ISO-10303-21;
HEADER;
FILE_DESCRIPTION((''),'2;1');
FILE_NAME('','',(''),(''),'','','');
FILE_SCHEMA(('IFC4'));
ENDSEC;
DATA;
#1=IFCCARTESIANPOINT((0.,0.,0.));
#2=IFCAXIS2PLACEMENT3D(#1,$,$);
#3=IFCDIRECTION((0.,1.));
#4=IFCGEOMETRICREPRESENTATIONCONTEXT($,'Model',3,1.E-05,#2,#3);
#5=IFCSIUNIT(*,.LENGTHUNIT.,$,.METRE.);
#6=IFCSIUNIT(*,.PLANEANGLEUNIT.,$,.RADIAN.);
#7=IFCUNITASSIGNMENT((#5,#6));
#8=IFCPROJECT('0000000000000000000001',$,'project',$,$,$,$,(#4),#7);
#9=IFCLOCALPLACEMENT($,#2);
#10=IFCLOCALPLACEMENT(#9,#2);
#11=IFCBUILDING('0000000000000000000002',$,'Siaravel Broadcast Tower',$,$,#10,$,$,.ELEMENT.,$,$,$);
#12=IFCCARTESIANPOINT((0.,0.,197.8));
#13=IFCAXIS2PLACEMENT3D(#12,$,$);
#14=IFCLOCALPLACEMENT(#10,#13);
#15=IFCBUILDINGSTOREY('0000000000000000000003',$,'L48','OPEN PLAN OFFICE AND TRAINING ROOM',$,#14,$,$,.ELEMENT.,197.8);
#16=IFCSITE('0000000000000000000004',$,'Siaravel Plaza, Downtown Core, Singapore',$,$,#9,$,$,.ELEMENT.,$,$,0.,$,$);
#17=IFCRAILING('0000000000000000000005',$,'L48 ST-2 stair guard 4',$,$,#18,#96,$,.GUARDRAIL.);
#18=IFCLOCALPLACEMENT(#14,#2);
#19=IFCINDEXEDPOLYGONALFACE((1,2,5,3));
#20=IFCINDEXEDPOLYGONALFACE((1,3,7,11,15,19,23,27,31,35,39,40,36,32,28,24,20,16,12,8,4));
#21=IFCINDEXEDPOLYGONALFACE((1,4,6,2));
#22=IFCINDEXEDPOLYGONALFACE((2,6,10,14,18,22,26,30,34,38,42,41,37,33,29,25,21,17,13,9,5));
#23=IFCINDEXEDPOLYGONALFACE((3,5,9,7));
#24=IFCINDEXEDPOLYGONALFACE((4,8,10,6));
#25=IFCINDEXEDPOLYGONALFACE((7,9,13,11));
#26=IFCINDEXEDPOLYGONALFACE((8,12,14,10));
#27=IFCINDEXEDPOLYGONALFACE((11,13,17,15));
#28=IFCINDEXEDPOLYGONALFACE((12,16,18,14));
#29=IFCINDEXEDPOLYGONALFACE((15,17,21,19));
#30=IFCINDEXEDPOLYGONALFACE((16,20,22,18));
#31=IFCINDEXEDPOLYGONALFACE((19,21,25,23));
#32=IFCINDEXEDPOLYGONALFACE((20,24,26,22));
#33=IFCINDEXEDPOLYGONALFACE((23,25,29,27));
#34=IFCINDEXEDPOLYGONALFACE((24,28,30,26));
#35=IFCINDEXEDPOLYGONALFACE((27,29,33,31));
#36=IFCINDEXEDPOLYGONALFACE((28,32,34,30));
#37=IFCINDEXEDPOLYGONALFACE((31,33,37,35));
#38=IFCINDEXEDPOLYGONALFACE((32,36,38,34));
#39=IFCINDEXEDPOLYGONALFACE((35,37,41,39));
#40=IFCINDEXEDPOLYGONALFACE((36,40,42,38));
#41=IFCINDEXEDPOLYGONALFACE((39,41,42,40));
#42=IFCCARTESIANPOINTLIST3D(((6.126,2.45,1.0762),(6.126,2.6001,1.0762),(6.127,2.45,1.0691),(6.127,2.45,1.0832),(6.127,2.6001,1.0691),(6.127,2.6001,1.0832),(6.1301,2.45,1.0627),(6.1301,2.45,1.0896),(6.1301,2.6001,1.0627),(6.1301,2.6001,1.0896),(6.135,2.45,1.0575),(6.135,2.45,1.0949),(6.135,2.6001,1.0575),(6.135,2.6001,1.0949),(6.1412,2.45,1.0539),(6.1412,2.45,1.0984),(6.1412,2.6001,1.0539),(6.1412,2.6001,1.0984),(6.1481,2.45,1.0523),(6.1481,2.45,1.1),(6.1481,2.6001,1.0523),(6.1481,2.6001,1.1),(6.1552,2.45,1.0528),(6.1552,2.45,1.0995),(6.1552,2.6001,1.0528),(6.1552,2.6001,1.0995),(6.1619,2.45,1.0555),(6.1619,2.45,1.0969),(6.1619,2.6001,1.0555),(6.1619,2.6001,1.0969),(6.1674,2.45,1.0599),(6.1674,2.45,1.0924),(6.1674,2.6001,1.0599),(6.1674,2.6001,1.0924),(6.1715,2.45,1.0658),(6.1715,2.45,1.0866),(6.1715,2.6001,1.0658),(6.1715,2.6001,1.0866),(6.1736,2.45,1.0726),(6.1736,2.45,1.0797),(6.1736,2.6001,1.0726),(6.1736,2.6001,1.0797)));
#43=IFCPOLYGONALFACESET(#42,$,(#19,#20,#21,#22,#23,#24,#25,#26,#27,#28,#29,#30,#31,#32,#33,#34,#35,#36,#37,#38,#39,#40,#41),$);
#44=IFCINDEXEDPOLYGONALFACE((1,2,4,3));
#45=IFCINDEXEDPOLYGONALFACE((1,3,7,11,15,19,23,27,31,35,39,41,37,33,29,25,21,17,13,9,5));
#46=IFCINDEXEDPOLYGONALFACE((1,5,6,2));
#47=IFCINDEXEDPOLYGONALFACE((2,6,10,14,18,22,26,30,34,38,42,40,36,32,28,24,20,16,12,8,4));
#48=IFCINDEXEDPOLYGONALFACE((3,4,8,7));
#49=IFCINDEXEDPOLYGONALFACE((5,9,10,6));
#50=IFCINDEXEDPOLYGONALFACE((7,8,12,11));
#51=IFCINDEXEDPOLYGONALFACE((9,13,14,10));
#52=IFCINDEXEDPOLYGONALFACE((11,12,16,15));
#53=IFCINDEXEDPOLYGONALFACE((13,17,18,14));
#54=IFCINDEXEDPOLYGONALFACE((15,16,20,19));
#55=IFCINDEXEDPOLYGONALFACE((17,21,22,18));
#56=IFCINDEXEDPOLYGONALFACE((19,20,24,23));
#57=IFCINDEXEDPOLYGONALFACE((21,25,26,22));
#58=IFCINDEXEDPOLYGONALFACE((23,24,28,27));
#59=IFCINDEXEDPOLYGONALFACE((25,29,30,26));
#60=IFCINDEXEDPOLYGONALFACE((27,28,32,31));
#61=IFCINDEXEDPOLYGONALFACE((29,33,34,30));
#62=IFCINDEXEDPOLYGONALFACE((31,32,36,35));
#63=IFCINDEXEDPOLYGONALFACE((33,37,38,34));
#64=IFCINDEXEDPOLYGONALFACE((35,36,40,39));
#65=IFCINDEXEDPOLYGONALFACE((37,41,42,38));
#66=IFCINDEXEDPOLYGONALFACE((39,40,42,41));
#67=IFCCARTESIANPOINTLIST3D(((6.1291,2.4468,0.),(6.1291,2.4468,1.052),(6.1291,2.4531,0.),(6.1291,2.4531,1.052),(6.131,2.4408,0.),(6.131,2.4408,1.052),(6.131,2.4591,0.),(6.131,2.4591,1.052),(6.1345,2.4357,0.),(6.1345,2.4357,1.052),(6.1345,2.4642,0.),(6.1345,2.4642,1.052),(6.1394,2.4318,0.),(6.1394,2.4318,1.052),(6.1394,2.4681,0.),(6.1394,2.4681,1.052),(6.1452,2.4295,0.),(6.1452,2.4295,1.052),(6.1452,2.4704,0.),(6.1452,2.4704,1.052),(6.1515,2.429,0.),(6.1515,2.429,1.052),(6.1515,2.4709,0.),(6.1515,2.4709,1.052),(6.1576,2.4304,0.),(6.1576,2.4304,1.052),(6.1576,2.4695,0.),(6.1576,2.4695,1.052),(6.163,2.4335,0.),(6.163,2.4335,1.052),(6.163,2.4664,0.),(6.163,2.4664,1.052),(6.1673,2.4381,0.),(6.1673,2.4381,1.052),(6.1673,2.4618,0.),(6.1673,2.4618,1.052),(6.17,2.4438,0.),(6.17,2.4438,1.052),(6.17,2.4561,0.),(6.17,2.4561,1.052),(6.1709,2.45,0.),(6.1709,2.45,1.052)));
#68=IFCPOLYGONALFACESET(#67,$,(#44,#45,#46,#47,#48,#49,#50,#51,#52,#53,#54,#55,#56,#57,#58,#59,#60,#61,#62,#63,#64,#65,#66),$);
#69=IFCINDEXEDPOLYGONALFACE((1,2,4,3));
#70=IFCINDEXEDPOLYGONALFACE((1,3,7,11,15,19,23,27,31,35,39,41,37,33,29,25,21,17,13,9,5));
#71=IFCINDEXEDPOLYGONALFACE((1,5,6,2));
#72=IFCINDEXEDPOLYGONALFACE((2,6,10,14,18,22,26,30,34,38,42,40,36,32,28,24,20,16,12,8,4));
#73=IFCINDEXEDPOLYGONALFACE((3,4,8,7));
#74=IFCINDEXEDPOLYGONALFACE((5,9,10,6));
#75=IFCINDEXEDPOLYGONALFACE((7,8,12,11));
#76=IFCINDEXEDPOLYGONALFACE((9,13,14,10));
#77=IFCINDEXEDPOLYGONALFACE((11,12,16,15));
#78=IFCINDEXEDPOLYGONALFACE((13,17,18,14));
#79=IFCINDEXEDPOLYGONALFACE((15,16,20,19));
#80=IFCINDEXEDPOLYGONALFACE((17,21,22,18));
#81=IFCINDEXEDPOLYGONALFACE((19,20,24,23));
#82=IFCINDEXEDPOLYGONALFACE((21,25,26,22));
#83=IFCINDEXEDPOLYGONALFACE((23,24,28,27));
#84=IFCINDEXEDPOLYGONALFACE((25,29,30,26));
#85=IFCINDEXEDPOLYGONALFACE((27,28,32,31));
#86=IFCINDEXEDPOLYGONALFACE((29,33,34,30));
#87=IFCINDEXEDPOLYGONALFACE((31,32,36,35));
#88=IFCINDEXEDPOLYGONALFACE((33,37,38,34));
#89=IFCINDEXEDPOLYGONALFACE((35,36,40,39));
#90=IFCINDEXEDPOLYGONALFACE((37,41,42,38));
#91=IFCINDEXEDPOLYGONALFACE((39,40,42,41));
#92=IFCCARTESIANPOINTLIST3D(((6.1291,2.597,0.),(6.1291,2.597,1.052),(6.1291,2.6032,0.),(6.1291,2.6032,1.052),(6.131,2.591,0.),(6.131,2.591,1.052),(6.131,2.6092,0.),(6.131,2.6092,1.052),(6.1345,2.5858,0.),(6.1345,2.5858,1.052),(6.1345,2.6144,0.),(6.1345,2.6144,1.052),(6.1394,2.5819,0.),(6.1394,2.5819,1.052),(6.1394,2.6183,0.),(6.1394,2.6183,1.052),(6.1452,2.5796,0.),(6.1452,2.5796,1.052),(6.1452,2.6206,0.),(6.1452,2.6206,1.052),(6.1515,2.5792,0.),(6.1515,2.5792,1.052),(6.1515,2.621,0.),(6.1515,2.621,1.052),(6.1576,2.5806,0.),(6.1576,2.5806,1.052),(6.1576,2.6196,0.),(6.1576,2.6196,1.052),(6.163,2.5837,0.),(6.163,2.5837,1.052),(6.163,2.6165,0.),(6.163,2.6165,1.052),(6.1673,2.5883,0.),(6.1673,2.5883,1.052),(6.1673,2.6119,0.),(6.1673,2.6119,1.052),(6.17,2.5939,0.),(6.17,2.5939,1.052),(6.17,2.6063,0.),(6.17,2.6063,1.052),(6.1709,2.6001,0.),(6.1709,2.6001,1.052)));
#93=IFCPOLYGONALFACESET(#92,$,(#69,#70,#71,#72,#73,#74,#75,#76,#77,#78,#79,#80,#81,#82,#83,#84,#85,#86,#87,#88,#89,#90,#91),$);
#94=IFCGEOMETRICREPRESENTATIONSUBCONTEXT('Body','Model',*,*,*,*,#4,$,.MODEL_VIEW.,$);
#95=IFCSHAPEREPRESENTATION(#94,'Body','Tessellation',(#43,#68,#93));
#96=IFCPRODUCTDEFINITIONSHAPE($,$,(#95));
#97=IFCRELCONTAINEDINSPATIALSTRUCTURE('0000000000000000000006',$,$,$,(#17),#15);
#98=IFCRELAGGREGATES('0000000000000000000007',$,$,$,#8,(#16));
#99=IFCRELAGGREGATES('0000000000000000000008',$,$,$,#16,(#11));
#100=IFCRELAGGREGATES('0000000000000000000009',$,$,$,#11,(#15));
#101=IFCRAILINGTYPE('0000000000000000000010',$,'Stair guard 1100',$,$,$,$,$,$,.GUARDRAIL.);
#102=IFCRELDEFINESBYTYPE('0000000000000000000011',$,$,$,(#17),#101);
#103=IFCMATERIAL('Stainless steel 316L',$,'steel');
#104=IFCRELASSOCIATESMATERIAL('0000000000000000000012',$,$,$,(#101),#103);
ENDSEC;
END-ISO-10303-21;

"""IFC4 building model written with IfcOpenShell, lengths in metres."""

from ifc_helpers import new_model, si_unit, direction, frame, origin, origin_2d, place, context, subcontext, project, spatial, circle, extrude, material, type_object, element, save


model = new_model("IFC4")

# Units and contexts
model_context = context("Model", 3, precision=1e-05, world=origin(), true_north=direction((0.0, 1.0)))
body_context = subcontext(model_context, "Body", "Model", "MODEL_VIEW")
ifc_project = project(units=[si_unit("LENGTHUNIT", "METRE"), si_unit("PLANEANGLEUNIT", "RADIAN")], contexts=[model_context])

# Site, building, storey
site_placement = place(None, origin())
site = spatial("IfcSite", under=ifc_project, at=site_placement, Name="Siaravel Plaza, Downtown Core, Singapore", CompositionType="ELEMENT", RefElevation=0.0)
building_placement = place(site_placement, origin())
building = spatial("IfcBuilding", under=site, at=building_placement, Name="Siaravel Broadcast Tower", CompositionType="ELEMENT")
storey_placement = place(building_placement, frame((0.0, 0.0, 197.8)))
storey = spatial("IfcBuildingStorey", under=building, at=storey_placement, Name="L48", Description="OPEN PLAN OFFICE AND TRAINING ROOM", CompositionType="ELEMENT", Elevation=197.8)

# Railing
ifc_material_1 = material(Name="Stainless steel 316L", Category="steel")
railing_type_1 = type_object("IfcRailingType", Name="Stair guard 1100", PredefinedType="GUARDRAIL", material=ifc_material_1)
railing_1_placement = place(storey_placement, frame((6.1499, 2.45, 0.0)))
element("IfcRailing", 1, at=railing_1_placement, inside=storey, type_object=railing_type_1, Name="L48 ST-2 stair guard 4", PredefinedType="GUARDRAIL", context=body_context, shape_type="SweptSolid", body=[
    extrude(circle(Radius=0.0239, at=origin_2d()), frame((0.0, 0.0, 1.0762), z_axis=(0.0, 1.0, 0.0), x_axis=(-1.0, 0.0, 0.0)), (0.0, 0.0, 1.0), 0.1501),
    extrude(circle(Radius=0.021, at=origin_2d()), origin(), (0.0, 0.0, 1.0), 1.052),
    extrude(circle(Radius=0.021, at=origin_2d()), frame((0.0, 0.1501, 0.0)), (0.0, 0.0, 1.0), 1.052),
])

save(model, "model.ifc")
